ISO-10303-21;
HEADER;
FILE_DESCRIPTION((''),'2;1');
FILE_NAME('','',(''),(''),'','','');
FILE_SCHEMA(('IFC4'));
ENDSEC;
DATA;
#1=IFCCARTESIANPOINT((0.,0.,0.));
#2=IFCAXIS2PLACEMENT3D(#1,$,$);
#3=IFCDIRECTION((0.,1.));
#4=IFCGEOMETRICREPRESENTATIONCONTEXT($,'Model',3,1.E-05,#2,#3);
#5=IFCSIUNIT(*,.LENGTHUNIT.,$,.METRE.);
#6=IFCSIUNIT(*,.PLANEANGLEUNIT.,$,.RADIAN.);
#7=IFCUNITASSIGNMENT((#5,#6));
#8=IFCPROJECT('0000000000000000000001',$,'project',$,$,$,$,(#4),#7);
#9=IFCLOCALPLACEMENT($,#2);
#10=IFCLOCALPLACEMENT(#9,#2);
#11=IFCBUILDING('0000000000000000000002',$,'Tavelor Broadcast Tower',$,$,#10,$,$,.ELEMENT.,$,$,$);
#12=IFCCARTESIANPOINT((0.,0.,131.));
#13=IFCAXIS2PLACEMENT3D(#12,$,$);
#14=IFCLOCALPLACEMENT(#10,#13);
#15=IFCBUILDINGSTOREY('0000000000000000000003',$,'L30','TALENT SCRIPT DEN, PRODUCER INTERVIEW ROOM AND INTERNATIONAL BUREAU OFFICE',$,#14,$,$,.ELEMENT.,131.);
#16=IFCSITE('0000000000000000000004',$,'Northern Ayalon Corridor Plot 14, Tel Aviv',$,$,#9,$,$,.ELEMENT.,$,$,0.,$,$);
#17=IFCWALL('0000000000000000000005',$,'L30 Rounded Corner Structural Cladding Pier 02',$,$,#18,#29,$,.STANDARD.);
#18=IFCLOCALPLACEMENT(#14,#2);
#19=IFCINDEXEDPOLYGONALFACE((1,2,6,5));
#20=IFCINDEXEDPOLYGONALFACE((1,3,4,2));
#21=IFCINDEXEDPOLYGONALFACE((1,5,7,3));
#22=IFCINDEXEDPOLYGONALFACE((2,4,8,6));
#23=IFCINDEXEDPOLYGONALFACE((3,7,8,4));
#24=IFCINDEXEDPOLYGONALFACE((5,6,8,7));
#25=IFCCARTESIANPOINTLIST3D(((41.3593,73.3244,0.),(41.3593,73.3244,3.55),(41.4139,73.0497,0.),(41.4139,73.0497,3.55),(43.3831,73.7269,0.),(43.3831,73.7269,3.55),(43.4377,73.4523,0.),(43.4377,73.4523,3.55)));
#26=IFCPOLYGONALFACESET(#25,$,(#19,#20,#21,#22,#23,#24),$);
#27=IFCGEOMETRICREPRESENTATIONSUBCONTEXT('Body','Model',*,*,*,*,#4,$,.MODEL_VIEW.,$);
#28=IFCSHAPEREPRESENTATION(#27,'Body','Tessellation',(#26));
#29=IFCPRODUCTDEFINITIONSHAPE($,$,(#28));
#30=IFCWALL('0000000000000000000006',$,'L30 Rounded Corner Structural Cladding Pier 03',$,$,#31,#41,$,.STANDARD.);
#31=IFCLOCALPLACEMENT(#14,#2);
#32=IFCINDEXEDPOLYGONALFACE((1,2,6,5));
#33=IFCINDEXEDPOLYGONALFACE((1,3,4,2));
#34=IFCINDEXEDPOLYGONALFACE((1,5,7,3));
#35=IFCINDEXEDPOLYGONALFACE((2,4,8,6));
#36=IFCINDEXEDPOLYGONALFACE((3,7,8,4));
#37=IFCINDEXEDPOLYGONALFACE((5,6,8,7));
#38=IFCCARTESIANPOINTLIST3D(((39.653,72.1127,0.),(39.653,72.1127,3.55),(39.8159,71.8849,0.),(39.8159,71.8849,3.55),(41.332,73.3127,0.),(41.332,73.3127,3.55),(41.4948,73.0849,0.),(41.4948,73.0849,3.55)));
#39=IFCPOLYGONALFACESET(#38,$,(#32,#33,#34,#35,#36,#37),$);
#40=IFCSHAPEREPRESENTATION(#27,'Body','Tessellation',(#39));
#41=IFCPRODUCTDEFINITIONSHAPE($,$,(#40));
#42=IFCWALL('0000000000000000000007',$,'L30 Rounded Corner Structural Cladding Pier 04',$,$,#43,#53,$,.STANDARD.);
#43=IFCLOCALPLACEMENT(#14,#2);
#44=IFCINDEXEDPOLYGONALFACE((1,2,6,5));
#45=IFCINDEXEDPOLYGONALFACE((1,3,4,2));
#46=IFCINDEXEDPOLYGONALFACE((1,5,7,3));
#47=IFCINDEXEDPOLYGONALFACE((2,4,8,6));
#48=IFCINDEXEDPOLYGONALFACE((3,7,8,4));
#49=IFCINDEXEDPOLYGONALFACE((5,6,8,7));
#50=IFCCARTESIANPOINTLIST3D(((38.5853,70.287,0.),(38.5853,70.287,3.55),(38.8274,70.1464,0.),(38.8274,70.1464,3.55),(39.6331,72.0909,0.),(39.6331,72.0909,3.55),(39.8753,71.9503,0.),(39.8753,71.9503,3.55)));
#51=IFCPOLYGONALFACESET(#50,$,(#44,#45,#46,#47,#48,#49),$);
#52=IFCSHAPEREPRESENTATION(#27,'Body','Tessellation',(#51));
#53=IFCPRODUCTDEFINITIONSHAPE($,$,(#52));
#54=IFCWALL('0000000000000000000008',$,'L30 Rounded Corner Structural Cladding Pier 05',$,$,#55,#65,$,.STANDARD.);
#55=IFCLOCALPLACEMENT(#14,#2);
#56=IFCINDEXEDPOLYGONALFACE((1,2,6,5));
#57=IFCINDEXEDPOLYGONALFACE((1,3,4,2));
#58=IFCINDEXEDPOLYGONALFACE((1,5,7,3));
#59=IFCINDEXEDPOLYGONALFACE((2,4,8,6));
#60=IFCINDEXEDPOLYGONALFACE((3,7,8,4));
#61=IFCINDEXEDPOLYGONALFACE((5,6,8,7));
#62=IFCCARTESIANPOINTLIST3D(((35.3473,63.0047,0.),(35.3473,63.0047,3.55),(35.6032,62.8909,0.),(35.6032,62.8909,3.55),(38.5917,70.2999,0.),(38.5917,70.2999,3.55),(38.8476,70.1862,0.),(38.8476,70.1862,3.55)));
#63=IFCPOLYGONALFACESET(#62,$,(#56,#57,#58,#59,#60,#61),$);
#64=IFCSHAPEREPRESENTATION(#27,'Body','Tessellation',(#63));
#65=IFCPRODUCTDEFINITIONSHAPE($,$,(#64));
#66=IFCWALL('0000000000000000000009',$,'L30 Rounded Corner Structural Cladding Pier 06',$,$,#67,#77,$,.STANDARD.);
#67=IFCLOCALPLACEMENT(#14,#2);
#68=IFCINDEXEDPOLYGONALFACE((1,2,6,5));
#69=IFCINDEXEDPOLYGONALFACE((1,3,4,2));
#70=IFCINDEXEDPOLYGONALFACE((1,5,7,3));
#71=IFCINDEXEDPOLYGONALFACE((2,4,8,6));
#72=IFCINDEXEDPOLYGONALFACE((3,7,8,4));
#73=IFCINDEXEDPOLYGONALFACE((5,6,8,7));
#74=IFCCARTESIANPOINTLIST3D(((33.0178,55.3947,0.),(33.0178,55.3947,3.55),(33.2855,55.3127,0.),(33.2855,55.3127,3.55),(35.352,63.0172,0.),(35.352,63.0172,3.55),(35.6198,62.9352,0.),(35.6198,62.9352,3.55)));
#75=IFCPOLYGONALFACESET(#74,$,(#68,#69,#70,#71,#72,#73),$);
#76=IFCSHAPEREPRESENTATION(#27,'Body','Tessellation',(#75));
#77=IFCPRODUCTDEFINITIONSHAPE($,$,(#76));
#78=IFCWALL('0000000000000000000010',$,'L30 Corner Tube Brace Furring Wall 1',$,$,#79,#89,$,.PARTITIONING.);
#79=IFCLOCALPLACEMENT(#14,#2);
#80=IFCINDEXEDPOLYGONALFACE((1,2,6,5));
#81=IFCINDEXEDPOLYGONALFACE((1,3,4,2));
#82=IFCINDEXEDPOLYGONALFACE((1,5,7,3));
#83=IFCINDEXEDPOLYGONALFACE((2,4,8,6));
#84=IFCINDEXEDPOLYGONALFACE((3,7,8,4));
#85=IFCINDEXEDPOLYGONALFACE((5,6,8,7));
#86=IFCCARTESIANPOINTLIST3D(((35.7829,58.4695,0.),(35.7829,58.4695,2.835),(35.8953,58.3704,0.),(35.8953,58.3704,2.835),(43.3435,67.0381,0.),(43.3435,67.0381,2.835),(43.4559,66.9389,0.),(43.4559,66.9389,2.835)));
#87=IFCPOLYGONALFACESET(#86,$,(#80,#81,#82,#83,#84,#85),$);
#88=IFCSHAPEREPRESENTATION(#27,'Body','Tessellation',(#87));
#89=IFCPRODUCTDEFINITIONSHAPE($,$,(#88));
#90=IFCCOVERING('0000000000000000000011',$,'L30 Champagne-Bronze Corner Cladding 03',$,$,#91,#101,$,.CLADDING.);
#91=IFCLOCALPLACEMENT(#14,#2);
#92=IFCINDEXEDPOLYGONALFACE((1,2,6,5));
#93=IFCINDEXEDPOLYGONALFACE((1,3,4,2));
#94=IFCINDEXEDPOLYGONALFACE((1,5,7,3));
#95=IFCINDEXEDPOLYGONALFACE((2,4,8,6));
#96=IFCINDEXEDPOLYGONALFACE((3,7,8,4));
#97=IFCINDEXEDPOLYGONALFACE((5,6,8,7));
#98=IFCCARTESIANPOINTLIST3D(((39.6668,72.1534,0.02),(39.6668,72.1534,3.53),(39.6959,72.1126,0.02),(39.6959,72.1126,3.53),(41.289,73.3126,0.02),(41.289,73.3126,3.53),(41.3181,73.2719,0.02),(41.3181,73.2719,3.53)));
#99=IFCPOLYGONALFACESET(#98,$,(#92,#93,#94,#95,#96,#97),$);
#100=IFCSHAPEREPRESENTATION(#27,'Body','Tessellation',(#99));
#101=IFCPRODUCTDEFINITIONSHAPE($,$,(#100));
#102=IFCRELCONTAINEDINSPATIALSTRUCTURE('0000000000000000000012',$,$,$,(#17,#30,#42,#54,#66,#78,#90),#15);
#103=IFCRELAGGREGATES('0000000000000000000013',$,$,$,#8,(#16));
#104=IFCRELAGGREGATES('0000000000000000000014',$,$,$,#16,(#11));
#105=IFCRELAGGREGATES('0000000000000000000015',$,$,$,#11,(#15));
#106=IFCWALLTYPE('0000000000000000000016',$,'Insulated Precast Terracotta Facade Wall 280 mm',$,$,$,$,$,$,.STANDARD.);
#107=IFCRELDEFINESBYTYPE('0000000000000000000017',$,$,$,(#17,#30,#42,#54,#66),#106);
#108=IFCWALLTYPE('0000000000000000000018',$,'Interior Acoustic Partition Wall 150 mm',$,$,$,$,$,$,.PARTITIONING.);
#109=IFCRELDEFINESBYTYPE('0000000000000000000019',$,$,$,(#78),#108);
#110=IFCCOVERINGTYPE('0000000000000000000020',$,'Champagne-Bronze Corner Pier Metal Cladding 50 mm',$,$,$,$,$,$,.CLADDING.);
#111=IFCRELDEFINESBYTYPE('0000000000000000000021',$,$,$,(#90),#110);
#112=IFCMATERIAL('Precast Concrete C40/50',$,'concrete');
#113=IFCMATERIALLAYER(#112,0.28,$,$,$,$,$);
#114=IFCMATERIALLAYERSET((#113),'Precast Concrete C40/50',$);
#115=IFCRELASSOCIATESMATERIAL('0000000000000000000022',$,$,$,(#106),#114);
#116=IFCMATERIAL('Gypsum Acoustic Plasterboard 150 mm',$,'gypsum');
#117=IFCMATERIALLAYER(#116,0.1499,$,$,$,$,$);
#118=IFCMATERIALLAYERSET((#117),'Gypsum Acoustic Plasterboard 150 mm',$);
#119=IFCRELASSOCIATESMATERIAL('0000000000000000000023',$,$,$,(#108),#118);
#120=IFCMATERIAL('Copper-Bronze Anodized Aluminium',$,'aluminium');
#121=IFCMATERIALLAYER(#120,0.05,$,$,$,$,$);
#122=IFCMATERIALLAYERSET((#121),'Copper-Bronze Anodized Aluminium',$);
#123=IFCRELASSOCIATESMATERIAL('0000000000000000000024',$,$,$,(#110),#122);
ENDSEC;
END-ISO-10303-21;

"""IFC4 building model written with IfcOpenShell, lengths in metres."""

from ifc_helpers import new_model, si_unit, direction, frame, frame_2d, origin, origin_2d, place, context, subcontext, project, spatial, rectangle, extrude, material, layer, layer_set, type_object, element, save


model = new_model("IFC4")

# Units and contexts
model_context = context("Model", 3, precision=1e-05, world=origin(), true_north=direction((0.0, 1.0)))
body_context = subcontext(model_context, "Body", "Model", "MODEL_VIEW")
ifc_project = project(units=[si_unit("LENGTHUNIT", "METRE"), si_unit("PLANEANGLEUNIT", "RADIAN")], contexts=[model_context])

# Site, building, storey
site_placement = place(None, origin())
site = spatial("IfcSite", under=ifc_project, at=site_placement, Name="Northern Ayalon Corridor Plot 14, Tel Aviv", CompositionType="ELEMENT", RefElevation=0.0)
building_placement = place(site_placement, origin())
building = spatial("IfcBuilding", under=site, at=building_placement, Name="Tavelor Broadcast Tower", CompositionType="ELEMENT")
storey_placement = place(building_placement, frame((0.0, 0.0, 131.0)))
storey = spatial("IfcBuildingStorey", under=building, at=storey_placement, Name="L30", Description="TALENT SCRIPT DEN, PRODUCER INTERVIEW ROOM AND INTERNATIONAL BUREAU OFFICE", CompositionType="ELEMENT", Elevation=131.0)

# Walls
ifc_material_1 = material(Name="Precast Concrete C40/50", Category="concrete")
ifc_layer_1 = layer(ifc_material_1, 0.28)
ifc_layer_set_1 = layer_set([ifc_layer_1], Name="Precast Concrete C40/50")
wall_type_1 = type_object("IfcWallType", Name="Insulated Precast Terracotta Facade Wall 280 mm", PredefinedType="STANDARD", material=ifc_layer_set_1)
wall_1_placement = place(storey_placement, frame((43.4104, 73.5896, 0.0), z_axis=(0.0, 0.0, 1.0), x_axis=(-0.980785, -0.195092, 0.0)))
element("IfcWall", 1, at=wall_1_placement, inside=storey, type_object=wall_type_1, Name="L30 Rounded Corner Structural Cladding Pier 02", PredefinedType="STANDARD", context=body_context, shape_type="SweptSolid", body=[
    extrude(rectangle(XDim=2.0635, YDim=0.28, at=frame_2d((1.0317, 0.0))), origin(), (0.0, 0.0, 1.0), 3.55),
])
wall_2_placement = place(storey_placement, frame((41.4133, 73.1987, 0.0), z_axis=(0.0, 0.0, 1.0), x_axis=(-0.813574, -0.581462, 0.0)))
element("IfcWall", 2, at=wall_2_placement, inside=storey, type_object=wall_type_1, Name="L30 Rounded Corner Structural Cladding Pier 03", PredefinedType="STANDARD", context=body_context, shape_type="SweptSolid", body=[
    extrude(rectangle(XDim=2.0637, YDim=0.28, at=frame_2d((1.0317, 0.0))), origin(), (0.0, 0.0, 1.0), 3.55),
])
wall_3_placement = place(storey_placement, frame((39.7542, 72.0205, 0.0), z_axis=(0.0, 0.0, 1.0), x_axis=(-0.502277, -0.864707, 0.0)))
element("IfcWall", 3, at=wall_3_placement, inside=storey, type_object=wall_type_1, Name="L30 Rounded Corner Structural Cladding Pier 04", PredefinedType="STANDARD", context=body_context, shape_type="SweptSolid", body=[
    extrude(rectangle(XDim=2.0862, YDim=0.28, at=frame_2d((1.043, 0.0))), origin(), (0.0, 0.0, 1.0), 3.55),
])
wall_4_placement = place(storey_placement, frame((38.7197, 70.2432, 0.0), z_axis=(0.0, 0.0, 1.0), x_axis=(-0.406357, -0.913714, 0.0)))
element("IfcWall", 4, at=wall_4_placement, inside=storey, type_object=wall_type_1, Name="L30 Rounded Corner Structural Cladding Pier 05", PredefinedType="STANDARD", context=body_context, shape_type="SweptSolid", body=[
    extrude(rectangle(XDim=7.9841, YDim=0.28, at=frame_2d((3.9922, 0.0))), origin(), (0.0, 0.0, 1.0), 3.55),
])
wall_5_placement = place(storey_placement, frame((35.4858, 62.9761, 0.0), z_axis=(0.0, 0.0, 1.0), x_axis=(-0.292805, -0.956172, 0.0)))
element("IfcWall", 5, at=wall_5_placement, inside=storey, type_object=wall_type_1, Name="L30 Rounded Corner Structural Cladding Pier 06", PredefinedType="STANDARD", context=body_context, shape_type="SweptSolid", body=[
    extrude(rectangle(XDim=7.9719, YDim=0.28, at=frame_2d((3.9858, 0.0))), origin(), (0.0, 0.0, 1.0), 3.55),
])
ifc_material_2 = material(Name="Gypsum Acoustic Plasterboard 150 mm", Category="gypsum")
ifc_layer_2 = layer(ifc_material_2, 0.1499)
ifc_layer_set_2 = layer_set([ifc_layer_2], Name="Gypsum Acoustic Plasterboard 150 mm")
wall_type_2 = type_object("IfcWallType", Name="Interior Acoustic Partition Wall 150 mm", PredefinedType="PARTITIONING", material=ifc_layer_set_2)
wall_6_placement = place(storey_placement, frame((43.3997, 66.9885, 0.0), z_axis=(0.0, 0.0, 1.0), x_axis=(-0.661622, -0.749837, 0.0)))
element("IfcWall", 6, at=wall_6_placement, inside=storey, type_object=wall_type_2, Name="L30 Corner Tube Brace Furring Wall 1", PredefinedType="PARTITIONING", context=body_context, shape_type="SweptSolid", body=[
    extrude(rectangle(XDim=11.4272, YDim=0.1499, at=frame_2d((5.7136, 0.0))), origin(), (0.0, 0.0, 1.0), 2.835),
])

# Covering
ifc_material_3 = material(Name="Copper-Bronze Anodized Aluminium", Category="aluminium")
ifc_layer_3 = layer(ifc_material_3, 0.05)
ifc_layer_set_3 = layer_set([ifc_layer_3], Name="Copper-Bronze Anodized Aluminium")
covering_type = type_object("IfcCoveringType", Name="Champagne-Bronze Corner Pier Metal Cladding 50 mm", PredefinedType="CLADDING", material=ifc_layer_set_3)
covering_placement = place(storey_placement, frame((40.4924, 72.7126, 0.02), z_axis=(0.0, 0.0, 1.0), x_axis=(-0.813608, -0.581413, 0.0)))
element("IfcCovering", 7, at=covering_placement, inside=storey, type_object=covering_type, Name="L30 Champagne-Bronze Corner Cladding 03", PredefinedType="CLADDING", context=body_context, shape_type="SweptSolid", body=[
    extrude(rectangle(XDim=1.9939, YDim=0.05, at=origin_2d()), origin(), (0.0, 0.0, 1.0), 3.51),
])

save(model, "model.ifc")
